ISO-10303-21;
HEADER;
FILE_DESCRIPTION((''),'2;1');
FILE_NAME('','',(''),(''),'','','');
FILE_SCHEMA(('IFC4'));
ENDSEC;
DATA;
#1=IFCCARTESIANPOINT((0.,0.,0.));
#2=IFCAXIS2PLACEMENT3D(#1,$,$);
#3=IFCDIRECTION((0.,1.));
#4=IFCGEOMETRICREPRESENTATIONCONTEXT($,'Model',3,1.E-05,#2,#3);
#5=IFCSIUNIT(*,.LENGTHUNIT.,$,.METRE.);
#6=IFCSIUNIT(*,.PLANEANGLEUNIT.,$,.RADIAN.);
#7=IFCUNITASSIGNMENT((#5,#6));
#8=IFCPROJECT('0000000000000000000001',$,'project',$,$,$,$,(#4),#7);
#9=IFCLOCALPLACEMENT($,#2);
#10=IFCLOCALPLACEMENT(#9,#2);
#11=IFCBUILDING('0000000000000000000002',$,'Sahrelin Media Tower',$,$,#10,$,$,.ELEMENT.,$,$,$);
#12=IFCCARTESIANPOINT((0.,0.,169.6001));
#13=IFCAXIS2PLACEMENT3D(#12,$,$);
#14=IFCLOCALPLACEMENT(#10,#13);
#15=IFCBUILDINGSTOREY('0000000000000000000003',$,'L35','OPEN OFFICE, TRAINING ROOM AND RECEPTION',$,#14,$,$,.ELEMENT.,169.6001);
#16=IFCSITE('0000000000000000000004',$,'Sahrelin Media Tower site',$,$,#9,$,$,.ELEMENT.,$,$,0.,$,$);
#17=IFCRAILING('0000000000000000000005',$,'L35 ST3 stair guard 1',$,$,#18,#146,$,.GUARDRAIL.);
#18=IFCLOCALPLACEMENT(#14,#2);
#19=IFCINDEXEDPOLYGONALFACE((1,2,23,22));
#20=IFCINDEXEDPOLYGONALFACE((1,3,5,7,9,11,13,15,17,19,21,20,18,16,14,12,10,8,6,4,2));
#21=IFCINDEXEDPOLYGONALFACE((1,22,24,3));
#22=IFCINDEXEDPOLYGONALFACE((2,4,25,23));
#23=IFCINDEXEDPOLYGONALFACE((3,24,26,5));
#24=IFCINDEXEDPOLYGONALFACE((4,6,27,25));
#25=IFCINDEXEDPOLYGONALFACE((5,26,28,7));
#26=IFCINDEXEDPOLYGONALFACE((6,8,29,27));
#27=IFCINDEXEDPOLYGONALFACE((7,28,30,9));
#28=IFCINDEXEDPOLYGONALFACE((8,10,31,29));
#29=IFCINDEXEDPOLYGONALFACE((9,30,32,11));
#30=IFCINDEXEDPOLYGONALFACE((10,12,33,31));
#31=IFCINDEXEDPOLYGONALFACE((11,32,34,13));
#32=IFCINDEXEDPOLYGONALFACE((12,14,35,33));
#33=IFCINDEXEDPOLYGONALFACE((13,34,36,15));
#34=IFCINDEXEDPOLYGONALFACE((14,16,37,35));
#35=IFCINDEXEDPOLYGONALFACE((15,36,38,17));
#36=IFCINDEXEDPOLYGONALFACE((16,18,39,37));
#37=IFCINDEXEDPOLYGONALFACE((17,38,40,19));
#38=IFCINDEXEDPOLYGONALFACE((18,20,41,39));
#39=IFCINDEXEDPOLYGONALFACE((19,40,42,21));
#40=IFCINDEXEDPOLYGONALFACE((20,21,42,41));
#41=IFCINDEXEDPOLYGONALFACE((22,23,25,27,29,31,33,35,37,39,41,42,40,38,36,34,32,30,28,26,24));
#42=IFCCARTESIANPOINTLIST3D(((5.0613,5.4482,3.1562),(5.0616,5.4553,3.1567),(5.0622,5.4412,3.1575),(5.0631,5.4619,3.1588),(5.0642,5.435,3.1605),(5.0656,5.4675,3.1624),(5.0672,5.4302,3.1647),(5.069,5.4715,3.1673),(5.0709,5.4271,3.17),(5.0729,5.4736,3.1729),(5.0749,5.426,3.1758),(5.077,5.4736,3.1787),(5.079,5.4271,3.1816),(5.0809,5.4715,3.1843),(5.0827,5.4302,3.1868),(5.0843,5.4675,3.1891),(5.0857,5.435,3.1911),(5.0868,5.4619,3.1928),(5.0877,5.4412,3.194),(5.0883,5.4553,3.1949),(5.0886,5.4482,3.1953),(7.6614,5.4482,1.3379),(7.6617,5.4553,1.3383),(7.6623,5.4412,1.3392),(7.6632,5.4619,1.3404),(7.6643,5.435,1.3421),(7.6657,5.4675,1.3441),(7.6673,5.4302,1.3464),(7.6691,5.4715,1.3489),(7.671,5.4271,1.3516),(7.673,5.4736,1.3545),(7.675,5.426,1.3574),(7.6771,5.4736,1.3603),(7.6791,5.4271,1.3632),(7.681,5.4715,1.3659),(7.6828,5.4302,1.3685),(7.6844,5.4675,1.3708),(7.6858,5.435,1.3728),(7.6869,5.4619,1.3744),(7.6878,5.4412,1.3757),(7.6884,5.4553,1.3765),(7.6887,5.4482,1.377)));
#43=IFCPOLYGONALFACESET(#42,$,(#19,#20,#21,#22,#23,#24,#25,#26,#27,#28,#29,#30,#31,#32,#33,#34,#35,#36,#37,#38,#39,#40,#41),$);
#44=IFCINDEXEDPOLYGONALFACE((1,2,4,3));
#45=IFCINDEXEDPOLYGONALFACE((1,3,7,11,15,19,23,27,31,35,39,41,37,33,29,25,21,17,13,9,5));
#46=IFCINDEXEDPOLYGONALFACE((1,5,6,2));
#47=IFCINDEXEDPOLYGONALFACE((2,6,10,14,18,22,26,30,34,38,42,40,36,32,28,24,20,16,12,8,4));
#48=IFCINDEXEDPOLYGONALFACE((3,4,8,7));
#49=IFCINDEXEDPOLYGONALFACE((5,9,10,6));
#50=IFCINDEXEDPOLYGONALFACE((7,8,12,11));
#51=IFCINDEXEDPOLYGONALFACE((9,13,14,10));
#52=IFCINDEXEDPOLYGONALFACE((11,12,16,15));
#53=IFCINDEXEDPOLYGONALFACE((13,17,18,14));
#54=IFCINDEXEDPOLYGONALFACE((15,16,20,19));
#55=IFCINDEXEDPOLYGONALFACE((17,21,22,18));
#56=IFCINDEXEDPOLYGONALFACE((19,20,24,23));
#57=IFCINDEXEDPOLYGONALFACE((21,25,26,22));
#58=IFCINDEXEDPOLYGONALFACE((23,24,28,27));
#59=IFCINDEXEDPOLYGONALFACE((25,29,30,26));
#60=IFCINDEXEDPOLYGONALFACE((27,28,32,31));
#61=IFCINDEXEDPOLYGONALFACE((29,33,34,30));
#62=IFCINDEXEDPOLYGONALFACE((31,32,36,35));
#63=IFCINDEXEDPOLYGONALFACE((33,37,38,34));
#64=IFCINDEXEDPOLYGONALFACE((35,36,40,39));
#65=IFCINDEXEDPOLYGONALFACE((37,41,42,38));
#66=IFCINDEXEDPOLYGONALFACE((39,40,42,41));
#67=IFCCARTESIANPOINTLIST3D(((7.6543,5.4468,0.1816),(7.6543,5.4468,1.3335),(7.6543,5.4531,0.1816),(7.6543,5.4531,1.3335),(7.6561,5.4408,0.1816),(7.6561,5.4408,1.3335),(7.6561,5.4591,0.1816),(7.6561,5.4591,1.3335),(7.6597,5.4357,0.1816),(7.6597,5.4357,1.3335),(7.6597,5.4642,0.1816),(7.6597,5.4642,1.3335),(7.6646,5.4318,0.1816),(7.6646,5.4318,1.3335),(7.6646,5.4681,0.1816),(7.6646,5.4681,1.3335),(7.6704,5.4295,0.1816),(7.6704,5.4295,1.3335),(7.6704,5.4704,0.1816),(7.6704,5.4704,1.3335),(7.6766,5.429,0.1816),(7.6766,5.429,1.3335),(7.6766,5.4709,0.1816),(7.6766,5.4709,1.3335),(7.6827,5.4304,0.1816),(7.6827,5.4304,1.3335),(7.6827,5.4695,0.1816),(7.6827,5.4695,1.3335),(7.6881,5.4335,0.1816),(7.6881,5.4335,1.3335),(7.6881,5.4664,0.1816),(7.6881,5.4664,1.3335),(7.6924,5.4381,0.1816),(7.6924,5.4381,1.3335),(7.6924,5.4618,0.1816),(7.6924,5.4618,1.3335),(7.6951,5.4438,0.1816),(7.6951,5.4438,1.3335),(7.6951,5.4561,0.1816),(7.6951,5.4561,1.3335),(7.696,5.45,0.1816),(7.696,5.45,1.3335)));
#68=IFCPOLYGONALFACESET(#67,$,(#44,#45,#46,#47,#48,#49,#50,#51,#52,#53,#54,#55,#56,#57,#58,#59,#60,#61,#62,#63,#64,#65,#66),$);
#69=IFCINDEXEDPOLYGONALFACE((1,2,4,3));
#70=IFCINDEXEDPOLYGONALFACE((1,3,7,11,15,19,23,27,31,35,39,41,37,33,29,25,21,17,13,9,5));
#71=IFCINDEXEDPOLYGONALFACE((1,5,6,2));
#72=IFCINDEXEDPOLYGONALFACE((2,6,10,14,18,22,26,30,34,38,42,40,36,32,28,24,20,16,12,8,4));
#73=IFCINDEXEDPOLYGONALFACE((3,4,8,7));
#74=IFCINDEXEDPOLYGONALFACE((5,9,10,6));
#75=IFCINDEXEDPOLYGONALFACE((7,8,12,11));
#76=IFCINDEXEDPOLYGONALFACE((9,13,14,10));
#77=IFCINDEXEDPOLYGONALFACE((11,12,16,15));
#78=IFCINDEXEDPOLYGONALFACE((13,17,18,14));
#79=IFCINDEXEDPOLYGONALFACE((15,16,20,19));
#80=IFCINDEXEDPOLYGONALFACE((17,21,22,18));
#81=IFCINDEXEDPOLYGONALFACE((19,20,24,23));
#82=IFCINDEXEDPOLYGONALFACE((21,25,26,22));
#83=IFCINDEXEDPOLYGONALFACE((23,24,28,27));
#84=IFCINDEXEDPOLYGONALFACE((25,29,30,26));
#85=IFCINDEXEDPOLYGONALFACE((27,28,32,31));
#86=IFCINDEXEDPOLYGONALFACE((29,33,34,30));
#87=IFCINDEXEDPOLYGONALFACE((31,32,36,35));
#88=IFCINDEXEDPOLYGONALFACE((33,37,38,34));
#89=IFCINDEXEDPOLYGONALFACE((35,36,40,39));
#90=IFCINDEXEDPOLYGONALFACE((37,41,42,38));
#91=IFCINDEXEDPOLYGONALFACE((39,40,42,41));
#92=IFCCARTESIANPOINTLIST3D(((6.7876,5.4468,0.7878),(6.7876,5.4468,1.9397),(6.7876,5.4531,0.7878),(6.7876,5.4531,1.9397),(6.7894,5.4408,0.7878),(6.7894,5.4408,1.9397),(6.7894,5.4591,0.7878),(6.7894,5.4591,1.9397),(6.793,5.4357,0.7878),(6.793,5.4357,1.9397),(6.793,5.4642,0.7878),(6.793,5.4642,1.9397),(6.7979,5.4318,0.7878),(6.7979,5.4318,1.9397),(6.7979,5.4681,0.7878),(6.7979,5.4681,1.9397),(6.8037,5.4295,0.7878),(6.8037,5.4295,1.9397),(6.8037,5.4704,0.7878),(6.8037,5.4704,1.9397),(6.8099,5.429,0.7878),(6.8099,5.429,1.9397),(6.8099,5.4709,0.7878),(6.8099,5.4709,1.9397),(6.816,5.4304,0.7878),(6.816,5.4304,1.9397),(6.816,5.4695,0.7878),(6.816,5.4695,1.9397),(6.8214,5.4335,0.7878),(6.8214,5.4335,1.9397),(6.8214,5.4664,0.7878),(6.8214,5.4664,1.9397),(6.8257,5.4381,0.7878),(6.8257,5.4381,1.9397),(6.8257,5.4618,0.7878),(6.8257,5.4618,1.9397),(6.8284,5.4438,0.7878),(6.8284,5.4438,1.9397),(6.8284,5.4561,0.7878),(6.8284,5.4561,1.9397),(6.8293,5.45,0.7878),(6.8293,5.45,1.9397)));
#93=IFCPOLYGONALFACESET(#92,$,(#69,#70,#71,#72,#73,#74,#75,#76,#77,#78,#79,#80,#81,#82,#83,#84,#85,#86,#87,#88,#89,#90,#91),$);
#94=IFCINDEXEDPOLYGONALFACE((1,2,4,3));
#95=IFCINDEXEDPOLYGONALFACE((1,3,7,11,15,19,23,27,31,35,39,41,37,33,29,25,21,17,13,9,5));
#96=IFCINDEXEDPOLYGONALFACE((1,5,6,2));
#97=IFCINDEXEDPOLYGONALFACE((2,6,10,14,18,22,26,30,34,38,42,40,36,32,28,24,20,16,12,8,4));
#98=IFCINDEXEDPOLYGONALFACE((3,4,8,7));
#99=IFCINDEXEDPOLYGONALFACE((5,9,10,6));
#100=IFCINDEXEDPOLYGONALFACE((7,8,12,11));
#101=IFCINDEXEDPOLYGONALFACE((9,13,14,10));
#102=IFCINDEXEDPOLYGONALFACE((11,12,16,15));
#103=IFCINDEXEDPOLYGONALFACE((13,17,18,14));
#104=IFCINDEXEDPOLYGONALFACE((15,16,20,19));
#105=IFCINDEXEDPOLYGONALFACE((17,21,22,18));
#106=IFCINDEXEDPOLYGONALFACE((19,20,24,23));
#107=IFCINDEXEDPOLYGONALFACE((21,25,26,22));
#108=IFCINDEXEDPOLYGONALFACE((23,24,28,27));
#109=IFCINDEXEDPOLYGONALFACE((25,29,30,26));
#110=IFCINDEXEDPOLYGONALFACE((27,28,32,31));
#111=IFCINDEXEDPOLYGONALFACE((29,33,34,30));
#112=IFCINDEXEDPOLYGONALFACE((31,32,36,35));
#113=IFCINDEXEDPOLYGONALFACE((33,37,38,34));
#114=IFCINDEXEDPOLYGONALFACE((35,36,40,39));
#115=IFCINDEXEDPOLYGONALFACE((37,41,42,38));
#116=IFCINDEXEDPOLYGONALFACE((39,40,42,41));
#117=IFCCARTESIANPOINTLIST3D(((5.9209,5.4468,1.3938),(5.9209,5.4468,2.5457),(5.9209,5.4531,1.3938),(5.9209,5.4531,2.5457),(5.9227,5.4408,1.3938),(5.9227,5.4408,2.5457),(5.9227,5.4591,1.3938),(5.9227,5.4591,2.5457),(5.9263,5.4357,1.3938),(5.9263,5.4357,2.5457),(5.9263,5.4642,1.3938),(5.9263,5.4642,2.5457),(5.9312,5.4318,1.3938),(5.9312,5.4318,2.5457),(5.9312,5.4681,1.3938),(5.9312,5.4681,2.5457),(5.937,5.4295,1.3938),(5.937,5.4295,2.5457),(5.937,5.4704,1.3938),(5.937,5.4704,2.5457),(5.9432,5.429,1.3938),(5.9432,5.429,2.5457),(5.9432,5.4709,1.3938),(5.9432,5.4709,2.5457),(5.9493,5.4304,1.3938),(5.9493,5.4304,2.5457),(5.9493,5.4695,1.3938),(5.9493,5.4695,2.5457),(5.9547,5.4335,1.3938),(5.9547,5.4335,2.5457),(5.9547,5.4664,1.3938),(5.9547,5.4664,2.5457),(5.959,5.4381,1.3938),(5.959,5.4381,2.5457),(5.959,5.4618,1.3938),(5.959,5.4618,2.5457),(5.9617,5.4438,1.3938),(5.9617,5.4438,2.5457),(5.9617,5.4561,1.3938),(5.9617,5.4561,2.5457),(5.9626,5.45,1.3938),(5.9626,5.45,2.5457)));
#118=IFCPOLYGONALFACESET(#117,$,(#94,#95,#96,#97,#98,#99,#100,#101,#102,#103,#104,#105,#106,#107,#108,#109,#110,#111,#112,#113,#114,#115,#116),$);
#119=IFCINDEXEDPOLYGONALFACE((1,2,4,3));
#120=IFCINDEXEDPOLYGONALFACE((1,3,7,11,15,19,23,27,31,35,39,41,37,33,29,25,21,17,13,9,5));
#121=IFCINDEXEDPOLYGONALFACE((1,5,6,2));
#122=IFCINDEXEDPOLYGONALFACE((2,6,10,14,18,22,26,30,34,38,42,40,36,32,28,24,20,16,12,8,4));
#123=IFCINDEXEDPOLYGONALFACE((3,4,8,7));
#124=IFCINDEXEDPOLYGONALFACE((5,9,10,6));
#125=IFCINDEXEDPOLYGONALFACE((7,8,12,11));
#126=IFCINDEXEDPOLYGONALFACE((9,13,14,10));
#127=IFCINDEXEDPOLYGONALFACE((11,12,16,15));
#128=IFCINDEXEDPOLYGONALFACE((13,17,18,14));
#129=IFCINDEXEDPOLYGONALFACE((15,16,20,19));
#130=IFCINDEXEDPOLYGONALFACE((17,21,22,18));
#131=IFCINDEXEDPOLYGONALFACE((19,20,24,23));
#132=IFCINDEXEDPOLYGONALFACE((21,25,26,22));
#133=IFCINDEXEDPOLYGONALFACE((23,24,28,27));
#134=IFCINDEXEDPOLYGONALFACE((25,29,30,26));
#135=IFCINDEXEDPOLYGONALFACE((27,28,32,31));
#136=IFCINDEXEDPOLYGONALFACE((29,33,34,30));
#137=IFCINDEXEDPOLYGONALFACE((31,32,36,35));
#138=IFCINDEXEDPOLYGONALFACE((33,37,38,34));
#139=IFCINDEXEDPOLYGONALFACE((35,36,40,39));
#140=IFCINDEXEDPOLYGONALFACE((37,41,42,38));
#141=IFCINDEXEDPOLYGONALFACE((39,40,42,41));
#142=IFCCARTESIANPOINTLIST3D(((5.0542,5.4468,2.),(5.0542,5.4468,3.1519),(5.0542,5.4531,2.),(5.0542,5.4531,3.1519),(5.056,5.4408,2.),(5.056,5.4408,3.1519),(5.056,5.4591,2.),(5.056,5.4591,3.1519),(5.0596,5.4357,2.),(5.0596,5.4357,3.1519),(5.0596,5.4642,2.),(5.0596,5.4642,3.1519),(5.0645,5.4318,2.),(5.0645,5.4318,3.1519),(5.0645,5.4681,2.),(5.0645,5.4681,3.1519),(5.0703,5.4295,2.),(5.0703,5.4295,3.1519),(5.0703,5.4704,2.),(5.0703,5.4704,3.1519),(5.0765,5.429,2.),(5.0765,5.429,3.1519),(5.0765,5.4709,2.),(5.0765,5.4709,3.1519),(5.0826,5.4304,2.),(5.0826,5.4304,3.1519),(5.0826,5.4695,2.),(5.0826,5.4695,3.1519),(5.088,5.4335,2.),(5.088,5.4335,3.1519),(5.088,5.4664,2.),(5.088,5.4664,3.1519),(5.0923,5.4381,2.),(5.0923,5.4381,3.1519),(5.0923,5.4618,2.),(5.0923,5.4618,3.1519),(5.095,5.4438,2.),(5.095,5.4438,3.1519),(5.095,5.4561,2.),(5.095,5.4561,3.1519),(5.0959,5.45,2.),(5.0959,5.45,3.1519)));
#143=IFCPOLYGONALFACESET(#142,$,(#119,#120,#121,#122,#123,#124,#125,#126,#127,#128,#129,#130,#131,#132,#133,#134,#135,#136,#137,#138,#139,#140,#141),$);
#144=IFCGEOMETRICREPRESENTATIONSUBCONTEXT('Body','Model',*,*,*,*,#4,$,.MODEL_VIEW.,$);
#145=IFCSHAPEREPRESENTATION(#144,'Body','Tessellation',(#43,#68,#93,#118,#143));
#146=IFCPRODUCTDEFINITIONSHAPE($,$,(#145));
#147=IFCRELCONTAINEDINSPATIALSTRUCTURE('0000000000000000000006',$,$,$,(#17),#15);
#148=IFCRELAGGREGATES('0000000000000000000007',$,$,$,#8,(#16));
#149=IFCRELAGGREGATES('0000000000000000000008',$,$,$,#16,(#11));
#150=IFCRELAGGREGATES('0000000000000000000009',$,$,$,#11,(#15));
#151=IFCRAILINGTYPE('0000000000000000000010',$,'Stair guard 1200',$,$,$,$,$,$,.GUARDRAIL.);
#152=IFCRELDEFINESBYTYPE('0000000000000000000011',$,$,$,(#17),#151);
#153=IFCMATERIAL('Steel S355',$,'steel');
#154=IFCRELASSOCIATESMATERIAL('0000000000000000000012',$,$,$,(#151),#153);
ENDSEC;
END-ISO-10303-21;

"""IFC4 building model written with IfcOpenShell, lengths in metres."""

from ifc_helpers import new_model, si_unit, direction, frame, origin, origin_2d, place, context, subcontext, project, spatial, circle, extrude, material, type_object, element, save


model = new_model("IFC4")

# Units and contexts
model_context = context("Model", 3, precision=1e-05, world=origin(), true_north=direction((0.0, 1.0)))
body_context = subcontext(model_context, "Body", "Model", "MODEL_VIEW")
ifc_project = project(units=[si_unit("LENGTHUNIT", "METRE"), si_unit("PLANEANGLEUNIT", "RADIAN")], contexts=[model_context])

# Site, building, storey
site_placement = place(None, origin())
site = spatial("IfcSite", under=ifc_project, at=site_placement, Name="Sahrelin Media Tower site", CompositionType="ELEMENT", RefElevation=0.0)
building_placement = place(site_placement, origin())
building = spatial("IfcBuilding", under=site, at=building_placement, Name="Sahrelin Media Tower", CompositionType="ELEMENT")
storey_placement = place(building_placement, frame((0.0, 0.0, 169.6001)))
storey = spatial("IfcBuildingStorey", under=building, at=storey_placement, Name="L35", Description="OPEN OFFICE, TRAINING ROOM AND RECEPTION", CompositionType="ELEMENT", Elevation=169.6001)

# Shared definitions
ifc_material_1 = material(Name="Steel S355", Category="steel")

# Railing
railing_type_1 = type_object("IfcRailingType", Name="Stair guard 1200", PredefinedType="GUARDRAIL", material=ifc_material_1)
railing_1_placement = place(storey_placement, frame((7.675, 5.45, 0.1816)))
element("IfcRailing", 1, at=railing_1_placement, inside=storey, type_object=railing_type_1, Name="L35 ST3 stair guard 1", PredefinedType="GUARDRAIL", context=body_context, shape_type="SweptSolid", body=[
    extrude(circle(Radius=0.0239, at=origin_2d()), frame((0.0, 0.0, 1.1758), z_axis=(-0.819485, 0.0, 0.573101), x_axis=(0.0, -1.0, 0.0)), (0.0, 0.0, 1.0), 3.1729),
    extrude(circle(Radius=0.021, at=origin_2d()), origin(), (0.0, 0.0, 1.0), 1.1519),
    extrude(circle(Radius=0.021, at=origin_2d()), frame((-0.8667, 0.0, 0.6062)), (0.0, 0.0, 1.0), 1.1519),
    extrude(circle(Radius=0.021, at=origin_2d()), frame((-1.7334, 0.0, 1.2122)), (0.0, 0.0, 1.0), 1.1519),
    extrude(circle(Radius=0.021, at=origin_2d()), frame((-2.6001, 0.0, 1.8184)), (0.0, 0.0, 1.0), 1.1519),
])

save(model, "model.ifc")
